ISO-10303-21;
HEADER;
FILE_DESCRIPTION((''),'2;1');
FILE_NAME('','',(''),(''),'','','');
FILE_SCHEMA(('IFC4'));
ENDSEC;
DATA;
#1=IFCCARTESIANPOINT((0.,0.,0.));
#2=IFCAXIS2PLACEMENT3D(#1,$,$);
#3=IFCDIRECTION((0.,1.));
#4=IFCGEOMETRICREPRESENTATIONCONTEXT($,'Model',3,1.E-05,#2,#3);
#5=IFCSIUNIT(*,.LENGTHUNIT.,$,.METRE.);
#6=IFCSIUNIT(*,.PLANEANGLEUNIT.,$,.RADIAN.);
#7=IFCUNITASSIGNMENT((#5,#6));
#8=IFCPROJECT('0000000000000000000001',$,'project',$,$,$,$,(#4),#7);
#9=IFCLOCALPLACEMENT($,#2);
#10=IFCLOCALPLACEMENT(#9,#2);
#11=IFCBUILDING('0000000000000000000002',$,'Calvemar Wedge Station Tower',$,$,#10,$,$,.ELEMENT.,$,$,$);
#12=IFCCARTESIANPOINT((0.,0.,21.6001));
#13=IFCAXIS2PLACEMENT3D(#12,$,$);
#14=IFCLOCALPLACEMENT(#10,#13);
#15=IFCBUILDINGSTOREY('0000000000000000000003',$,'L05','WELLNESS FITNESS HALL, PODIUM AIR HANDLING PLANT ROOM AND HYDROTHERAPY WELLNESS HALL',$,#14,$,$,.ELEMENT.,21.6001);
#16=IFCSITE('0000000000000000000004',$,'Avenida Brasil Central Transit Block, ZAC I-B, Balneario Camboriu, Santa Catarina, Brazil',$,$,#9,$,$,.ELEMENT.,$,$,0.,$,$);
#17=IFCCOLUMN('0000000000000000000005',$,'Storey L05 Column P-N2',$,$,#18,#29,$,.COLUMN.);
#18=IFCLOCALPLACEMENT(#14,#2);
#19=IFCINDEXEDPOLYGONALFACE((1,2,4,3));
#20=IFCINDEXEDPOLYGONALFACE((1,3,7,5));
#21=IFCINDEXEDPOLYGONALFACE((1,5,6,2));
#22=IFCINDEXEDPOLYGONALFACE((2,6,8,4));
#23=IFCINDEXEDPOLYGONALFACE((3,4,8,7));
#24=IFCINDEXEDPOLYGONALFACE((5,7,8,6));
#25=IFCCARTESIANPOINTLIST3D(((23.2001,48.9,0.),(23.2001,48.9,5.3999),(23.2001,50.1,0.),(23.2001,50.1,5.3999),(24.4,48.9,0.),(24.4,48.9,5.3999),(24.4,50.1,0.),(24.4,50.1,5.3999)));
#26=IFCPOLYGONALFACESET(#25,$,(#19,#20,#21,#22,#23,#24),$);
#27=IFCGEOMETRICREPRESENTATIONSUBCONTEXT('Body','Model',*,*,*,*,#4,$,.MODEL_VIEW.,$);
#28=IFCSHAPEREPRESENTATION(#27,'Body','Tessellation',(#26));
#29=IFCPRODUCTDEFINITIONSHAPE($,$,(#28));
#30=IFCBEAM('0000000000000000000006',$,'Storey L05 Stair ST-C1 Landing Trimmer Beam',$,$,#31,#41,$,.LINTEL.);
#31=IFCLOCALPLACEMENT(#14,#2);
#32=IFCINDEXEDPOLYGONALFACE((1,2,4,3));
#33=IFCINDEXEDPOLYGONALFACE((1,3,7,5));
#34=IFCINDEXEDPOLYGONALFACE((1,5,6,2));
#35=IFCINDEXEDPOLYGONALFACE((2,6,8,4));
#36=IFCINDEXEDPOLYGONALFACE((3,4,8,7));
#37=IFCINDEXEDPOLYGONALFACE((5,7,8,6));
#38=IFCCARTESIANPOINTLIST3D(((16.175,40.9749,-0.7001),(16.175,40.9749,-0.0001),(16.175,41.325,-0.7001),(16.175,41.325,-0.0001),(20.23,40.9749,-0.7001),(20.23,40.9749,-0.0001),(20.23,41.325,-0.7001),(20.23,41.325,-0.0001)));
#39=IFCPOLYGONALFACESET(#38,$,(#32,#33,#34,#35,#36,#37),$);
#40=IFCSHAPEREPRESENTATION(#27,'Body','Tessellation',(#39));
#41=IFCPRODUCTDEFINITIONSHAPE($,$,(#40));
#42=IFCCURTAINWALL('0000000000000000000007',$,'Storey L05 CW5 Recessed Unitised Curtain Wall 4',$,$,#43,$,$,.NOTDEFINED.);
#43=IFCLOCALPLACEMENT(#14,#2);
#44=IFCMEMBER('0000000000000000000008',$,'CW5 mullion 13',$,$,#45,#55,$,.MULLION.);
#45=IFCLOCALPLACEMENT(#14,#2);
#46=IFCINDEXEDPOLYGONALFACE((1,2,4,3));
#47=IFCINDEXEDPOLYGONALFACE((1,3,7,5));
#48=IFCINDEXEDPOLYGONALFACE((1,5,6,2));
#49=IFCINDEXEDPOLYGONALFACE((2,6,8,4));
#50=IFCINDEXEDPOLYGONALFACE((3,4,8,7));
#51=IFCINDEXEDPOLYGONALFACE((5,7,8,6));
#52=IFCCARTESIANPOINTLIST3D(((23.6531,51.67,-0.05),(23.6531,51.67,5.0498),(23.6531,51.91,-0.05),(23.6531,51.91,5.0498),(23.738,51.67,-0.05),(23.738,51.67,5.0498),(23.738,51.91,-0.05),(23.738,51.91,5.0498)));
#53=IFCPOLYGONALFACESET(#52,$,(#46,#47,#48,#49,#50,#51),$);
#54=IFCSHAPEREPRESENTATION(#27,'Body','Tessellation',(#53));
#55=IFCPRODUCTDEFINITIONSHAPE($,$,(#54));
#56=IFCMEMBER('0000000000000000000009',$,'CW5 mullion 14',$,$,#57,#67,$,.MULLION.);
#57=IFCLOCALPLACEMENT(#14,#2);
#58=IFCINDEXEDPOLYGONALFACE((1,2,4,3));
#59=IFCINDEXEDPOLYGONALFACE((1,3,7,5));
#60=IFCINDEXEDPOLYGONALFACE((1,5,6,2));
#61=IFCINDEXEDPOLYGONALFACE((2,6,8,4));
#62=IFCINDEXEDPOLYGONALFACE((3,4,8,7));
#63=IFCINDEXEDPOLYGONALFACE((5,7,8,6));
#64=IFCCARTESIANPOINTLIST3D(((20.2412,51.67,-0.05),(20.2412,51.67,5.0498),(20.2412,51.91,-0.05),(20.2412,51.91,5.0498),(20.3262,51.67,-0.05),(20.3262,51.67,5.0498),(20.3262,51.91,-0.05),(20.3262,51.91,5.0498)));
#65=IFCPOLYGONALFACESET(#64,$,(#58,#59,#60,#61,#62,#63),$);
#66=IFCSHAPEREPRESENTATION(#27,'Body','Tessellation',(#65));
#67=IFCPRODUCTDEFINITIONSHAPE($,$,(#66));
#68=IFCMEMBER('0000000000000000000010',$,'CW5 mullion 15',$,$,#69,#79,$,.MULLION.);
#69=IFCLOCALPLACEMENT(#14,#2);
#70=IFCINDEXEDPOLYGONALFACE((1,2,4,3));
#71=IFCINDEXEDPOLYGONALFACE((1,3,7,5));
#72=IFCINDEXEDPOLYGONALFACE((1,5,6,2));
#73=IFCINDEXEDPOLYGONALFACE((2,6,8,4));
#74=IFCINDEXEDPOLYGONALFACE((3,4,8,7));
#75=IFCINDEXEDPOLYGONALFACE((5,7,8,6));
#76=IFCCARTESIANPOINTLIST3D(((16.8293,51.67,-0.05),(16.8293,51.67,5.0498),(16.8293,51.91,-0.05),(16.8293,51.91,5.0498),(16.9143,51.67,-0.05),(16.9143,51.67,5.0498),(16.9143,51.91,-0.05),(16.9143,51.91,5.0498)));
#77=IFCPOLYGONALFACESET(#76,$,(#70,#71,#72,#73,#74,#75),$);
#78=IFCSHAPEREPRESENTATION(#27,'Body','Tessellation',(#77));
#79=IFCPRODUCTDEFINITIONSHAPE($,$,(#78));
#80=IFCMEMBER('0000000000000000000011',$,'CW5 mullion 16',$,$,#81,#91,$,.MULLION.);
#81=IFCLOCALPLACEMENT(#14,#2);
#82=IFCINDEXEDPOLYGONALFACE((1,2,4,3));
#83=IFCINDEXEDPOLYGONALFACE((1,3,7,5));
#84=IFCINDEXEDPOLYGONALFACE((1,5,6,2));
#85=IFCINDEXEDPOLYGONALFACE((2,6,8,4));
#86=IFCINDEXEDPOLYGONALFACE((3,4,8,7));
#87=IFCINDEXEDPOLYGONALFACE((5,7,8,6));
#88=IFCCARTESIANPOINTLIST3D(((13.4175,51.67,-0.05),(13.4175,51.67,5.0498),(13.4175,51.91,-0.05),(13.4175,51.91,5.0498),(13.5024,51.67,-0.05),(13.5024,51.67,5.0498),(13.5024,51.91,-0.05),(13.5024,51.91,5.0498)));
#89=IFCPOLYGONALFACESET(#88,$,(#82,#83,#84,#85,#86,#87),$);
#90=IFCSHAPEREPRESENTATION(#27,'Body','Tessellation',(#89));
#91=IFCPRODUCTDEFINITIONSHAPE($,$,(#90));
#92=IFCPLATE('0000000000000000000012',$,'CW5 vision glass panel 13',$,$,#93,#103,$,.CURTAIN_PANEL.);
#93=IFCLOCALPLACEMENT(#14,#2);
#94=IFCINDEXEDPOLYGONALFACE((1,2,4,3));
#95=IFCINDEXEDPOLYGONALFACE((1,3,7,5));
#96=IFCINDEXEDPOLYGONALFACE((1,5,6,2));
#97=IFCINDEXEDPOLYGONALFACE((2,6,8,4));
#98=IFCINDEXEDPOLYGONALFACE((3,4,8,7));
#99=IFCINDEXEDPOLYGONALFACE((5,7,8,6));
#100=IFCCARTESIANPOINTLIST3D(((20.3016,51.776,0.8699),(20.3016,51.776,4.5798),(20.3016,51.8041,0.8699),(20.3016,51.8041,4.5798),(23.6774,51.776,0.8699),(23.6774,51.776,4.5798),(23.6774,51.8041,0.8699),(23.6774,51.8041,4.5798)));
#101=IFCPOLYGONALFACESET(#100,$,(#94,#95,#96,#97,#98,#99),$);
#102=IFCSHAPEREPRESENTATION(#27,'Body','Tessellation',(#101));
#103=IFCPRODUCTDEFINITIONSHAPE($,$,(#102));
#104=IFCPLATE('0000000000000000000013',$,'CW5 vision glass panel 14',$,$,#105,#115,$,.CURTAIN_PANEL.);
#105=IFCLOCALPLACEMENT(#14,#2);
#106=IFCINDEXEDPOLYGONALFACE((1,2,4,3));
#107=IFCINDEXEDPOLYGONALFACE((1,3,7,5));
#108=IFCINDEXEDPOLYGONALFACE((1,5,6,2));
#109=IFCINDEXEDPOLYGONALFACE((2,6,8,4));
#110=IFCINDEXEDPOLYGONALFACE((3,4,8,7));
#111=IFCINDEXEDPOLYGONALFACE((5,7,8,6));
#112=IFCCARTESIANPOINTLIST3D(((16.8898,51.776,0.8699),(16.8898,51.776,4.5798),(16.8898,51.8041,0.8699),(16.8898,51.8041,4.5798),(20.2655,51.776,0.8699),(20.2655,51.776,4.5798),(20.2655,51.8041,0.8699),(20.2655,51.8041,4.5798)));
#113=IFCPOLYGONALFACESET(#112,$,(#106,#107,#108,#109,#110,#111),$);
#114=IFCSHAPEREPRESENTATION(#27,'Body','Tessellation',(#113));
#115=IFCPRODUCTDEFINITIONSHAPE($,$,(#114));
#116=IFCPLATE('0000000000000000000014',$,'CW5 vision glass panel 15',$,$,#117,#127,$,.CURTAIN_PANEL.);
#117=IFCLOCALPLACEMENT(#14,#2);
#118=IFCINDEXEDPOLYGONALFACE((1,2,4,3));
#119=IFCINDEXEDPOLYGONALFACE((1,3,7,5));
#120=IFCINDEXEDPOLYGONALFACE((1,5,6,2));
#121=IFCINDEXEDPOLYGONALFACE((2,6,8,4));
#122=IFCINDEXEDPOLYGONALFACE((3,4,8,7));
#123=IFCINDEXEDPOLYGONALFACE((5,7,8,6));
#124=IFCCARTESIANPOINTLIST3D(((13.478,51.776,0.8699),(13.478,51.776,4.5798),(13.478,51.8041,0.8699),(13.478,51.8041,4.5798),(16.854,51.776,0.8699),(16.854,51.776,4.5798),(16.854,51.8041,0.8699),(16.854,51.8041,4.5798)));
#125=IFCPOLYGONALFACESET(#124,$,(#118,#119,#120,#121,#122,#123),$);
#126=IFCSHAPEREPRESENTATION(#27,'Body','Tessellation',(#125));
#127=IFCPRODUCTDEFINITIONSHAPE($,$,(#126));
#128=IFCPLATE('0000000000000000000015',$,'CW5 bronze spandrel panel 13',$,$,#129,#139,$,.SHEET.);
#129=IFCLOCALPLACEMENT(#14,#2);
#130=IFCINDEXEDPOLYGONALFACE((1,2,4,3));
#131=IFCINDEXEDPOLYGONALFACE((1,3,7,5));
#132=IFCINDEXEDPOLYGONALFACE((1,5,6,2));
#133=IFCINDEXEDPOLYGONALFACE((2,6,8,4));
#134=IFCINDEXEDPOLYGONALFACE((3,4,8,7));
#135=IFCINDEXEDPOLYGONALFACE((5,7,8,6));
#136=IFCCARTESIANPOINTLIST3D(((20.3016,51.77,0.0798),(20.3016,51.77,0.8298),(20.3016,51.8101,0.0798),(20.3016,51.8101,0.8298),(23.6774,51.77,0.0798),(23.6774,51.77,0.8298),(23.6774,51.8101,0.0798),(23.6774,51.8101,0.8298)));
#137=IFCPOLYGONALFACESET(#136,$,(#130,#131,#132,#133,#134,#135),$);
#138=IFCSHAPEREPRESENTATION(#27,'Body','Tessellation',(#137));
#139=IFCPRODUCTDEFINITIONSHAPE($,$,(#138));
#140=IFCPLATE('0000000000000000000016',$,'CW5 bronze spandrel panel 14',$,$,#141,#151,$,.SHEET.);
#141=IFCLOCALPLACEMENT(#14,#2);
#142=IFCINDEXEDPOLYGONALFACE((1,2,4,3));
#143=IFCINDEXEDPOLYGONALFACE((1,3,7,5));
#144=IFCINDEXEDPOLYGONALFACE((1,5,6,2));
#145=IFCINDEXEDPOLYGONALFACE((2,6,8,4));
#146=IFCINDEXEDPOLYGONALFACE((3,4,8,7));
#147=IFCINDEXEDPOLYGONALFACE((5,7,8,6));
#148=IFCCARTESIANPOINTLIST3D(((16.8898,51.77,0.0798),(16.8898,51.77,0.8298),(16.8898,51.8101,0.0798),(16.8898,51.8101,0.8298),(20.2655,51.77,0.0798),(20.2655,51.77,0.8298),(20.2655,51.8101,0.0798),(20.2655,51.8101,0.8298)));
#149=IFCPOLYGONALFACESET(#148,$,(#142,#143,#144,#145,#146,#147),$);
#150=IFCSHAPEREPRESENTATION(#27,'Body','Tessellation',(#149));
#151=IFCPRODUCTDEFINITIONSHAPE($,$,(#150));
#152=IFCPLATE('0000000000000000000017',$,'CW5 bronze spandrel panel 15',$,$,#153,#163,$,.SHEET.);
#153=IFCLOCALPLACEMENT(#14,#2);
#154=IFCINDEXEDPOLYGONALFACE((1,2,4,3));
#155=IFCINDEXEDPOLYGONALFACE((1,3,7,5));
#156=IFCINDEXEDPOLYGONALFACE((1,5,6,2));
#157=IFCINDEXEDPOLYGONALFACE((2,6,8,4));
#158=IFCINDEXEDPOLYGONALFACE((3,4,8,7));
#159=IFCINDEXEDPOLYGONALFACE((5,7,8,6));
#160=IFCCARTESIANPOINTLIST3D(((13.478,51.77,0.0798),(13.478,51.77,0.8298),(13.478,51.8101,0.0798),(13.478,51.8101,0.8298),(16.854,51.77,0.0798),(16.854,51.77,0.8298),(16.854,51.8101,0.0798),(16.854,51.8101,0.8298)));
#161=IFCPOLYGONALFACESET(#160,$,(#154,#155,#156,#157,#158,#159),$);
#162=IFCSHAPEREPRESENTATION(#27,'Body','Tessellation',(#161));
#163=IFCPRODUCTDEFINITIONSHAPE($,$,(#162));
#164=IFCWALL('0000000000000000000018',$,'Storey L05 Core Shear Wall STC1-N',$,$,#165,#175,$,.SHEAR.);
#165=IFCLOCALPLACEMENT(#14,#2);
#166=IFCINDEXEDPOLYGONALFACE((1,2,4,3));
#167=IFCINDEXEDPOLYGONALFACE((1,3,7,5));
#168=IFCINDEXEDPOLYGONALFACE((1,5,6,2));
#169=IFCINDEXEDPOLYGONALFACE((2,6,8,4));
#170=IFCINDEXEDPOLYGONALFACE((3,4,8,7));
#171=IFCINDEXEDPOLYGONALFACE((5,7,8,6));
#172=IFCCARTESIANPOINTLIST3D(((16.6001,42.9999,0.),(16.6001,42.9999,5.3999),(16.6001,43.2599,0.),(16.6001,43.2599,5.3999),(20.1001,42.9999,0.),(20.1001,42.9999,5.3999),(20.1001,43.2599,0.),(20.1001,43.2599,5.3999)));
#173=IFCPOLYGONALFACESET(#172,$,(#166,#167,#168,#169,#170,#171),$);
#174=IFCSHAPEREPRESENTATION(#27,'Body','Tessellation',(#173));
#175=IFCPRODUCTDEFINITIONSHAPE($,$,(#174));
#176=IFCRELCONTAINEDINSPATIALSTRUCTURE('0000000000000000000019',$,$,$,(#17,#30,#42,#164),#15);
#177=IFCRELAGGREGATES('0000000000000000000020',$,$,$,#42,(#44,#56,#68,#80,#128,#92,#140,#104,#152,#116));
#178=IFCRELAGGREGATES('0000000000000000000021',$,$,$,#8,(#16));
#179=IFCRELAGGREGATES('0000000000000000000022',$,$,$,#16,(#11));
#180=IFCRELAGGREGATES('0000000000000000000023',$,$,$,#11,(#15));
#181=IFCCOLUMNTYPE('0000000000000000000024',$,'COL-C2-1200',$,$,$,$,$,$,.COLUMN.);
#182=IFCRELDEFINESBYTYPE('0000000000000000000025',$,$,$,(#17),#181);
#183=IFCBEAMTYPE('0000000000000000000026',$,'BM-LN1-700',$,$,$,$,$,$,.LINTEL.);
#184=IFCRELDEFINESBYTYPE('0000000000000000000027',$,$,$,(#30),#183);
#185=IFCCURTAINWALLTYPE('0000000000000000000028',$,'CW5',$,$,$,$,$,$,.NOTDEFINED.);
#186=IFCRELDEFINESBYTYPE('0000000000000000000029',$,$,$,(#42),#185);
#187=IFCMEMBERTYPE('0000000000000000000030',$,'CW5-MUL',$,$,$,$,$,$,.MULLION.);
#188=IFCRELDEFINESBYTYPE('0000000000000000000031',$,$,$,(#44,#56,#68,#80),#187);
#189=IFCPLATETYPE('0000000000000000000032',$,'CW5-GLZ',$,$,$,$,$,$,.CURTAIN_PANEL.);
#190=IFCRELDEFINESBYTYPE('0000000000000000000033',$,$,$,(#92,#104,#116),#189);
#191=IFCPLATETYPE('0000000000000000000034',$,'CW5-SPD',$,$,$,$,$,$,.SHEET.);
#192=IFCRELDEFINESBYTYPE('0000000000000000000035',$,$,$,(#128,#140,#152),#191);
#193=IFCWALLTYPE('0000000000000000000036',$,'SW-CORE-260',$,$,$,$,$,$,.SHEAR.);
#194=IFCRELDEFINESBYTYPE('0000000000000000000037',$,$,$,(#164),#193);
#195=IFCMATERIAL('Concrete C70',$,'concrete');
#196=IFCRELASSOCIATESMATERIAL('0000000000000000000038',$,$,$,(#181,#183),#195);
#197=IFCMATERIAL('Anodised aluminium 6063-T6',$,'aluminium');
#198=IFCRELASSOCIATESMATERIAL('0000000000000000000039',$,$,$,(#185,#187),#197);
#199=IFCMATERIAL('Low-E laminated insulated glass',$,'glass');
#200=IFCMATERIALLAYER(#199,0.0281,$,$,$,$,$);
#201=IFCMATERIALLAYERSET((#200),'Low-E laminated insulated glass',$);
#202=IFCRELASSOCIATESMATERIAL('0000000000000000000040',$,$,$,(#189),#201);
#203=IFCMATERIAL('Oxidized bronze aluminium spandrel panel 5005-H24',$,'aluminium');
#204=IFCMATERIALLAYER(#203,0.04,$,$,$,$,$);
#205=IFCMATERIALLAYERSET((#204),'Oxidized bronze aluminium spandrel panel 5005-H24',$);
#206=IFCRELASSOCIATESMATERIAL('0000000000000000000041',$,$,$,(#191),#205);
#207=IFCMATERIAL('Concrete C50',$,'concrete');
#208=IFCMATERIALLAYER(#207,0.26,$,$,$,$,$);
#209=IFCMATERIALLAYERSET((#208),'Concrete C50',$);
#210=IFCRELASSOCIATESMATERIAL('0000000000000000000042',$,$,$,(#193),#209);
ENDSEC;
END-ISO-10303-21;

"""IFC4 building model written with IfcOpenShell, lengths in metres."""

from ifc_helpers import new_model, si_unit, direction, frame, frame_2d, origin, origin_2d, place, context, subcontext, project, spatial, rectangle, extrude, source, transform, mapped, material, layer, layer_set, material_profile, profile_set, type_object, element, aggregate, save


model = new_model("IFC4")

# Units and contexts
model_context = context("Model", 3, precision=1e-05, world=origin(), true_north=direction((0.0, 1.0)))
body_context = subcontext(model_context, "Body", "Model", "MODEL_VIEW")
ifc_project = project(units=[si_unit("LENGTHUNIT", "METRE"), si_unit("PLANEANGLEUNIT", "RADIAN")], contexts=[model_context])

# Site, building, storey
site_placement = place(None, origin())
site = spatial("IfcSite", under=ifc_project, at=site_placement, Name="Avenida Brasil Central Transit Block, ZAC I-B, Balneario Camboriu, Santa Catarina, Brazil", CompositionType="ELEMENT", RefElevation=0.0)
building_placement = place(site_placement, origin())
building = spatial("IfcBuilding", under=site, at=building_placement, Name="Calvemar Wedge Station Tower", CompositionType="ELEMENT")
storey_placement = place(building_placement, frame((0.0, 0.0, 21.6001)))
storey = spatial("IfcBuildingStorey", under=building, at=storey_placement, Name="L05", Description="WELLNESS FITNESS HALL, PODIUM AIR HANDLING PLANT ROOM AND HYDROTHERAPY WELLNESS HALL", CompositionType="ELEMENT", Elevation=21.6001)

# Column
ifc_material_1 = material(Name="Concrete C70", Category="concrete")
ifc_material_profile_1 = material_profile(ifc_material_1, rectangle(XDim=1.2, YDim=1.2, at=origin_2d()), Name="RC1200x1200")
ifc_profile_set_1 = profile_set([ifc_material_profile_1], Name="Concrete C70")
column_type = type_object("IfcColumnType", Name="COL-C2-1200", PredefinedType="COLUMN", material=ifc_profile_set_1)
shared_shape_1 = source(origin(), body_context, "Body", "SweptSolid", [
    extrude(rectangle(XDim=1.2, YDim=1.2, at=origin_2d()), origin(), (0.0, 0.0, 1.0), 5.3999),
])
column_placement = place(storey_placement, frame((23.8, 49.5, 0.0), z_axis=(0.0, 0.0, 1.0), x_axis=(1.0, 0.0, 0.0)))
element("IfcColumn", 1, at=column_placement, inside=storey, type_object=column_type, Name="Storey L05 Column P-N2", PredefinedType="COLUMN", context=body_context, shape_type="MappedRepresentation", body=[
    mapped(shared_shape_1, transform((0.0, 0.0, 0.0), scale=1.0)),
])

# Beam
ifc_material_profile_2 = material_profile(ifc_material_1, rectangle(XDim=0.3501, YDim=0.7, at=origin_2d()), Name="RC350x700")
ifc_profile_set_2 = profile_set([ifc_material_profile_2], Name="Concrete C70")
beam_type = type_object("IfcBeamType", Name="BM-LN1-700", PredefinedType="LINTEL", material=ifc_profile_set_2)
shared_shape_2 = source(origin(), body_context, "Body", "SweptSolid", [
    extrude(rectangle(XDim=0.3501, YDim=0.7, at=origin_2d()), origin(), (0.0, 0.0, 1.0), 4.0549),
])
beam_placement = place(storey_placement, frame((16.175, 41.1499, -0.3501), z_axis=(1.0, 0.0, 0.0), x_axis=(0.0, 1.0, 0.0)))
element("IfcBeam", 2, at=beam_placement, inside=storey, type_object=beam_type, Name="Storey L05 Stair ST-C1 Landing Trimmer Beam", PredefinedType="LINTEL", context=body_context, shape_type="MappedRepresentation", body=[
    mapped(shared_shape_2, transform((0.0, 0.0, 0.0), scale=1.0)),
])

# Curtain wall, members, plates
ifc_material_2 = material(Name="Anodised aluminium 6063-T6", Category="aluminium")
curtain_wall_type = type_object("IfcCurtainWallType", Name="CW5", PredefinedType="NOTDEFINED", material=ifc_material_2)
curtain_wall_placement = place(storey_placement, origin())
curtain_wall = element("IfcCurtainWall", 3, at=curtain_wall_placement, inside=storey, type_object=curtain_wall_type, Name="Storey L05 CW5 Recessed Unitised Curtain Wall 4", PredefinedType="NOTDEFINED")
ifc_material_profile_3 = material_profile(ifc_material_2, rectangle(XDim=0.085, YDim=0.24, at=origin_2d()), Name="AL-MUL-85x240")
ifc_profile_set_3 = profile_set([ifc_material_profile_3], Name="Anodised aluminium 6063-T6")
member_type = type_object("IfcMemberType", Name="CW5-MUL", PredefinedType="MULLION", material=ifc_profile_set_3)
shared_shape_3 = source(origin(), body_context, "Body", "SweptSolid", [
    extrude(rectangle(XDim=0.085, YDim=0.24, at=origin_2d()), origin(), (0.0, 0.0, 1.0), 5.0999),
])
member_1_placement = place(storey_placement, frame((23.6956, 51.79, -0.05), z_axis=(0.0, 0.0, 1.0), x_axis=(1.0, 0.0, 0.0)))
member_1 = element("IfcMember", 4, at=member_1_placement, type_object=member_type, Name="CW5 mullion 13", PredefinedType="MULLION", context=body_context, shape_type="MappedRepresentation", body=[
    mapped(shared_shape_3, transform((0.0, 0.0, 0.0), scale=1.0)),
])
member_2_placement = place(storey_placement, frame((20.2837, 51.79, -0.05), z_axis=(0.0, 0.0, 1.0), x_axis=(1.0, 0.0, 0.0)))
member_2 = element("IfcMember", 5, at=member_2_placement, type_object=member_type, Name="CW5 mullion 14", PredefinedType="MULLION", context=body_context, shape_type="MappedRepresentation", body=[
    mapped(shared_shape_3, transform((0.0, 0.0, 0.0), scale=1.0)),
])
member_3_placement = place(storey_placement, frame((16.8718, 51.79, -0.05), z_axis=(0.0, 0.0, 1.0), x_axis=(1.0, 0.0, 0.0)))
member_3 = element("IfcMember", 6, at=member_3_placement, type_object=member_type, Name="CW5 mullion 15", PredefinedType="MULLION", context=body_context, shape_type="MappedRepresentation", body=[
    mapped(shared_shape_3, transform((0.0, 0.0, 0.0), scale=1.0)),
])
member_4_placement = place(storey_placement, frame((13.46, 51.79, -0.05), z_axis=(0.0, 0.0, 1.0), x_axis=(1.0, 0.0, 0.0)))
member_4 = element("IfcMember", 7, at=member_4_placement, type_object=member_type, Name="CW5 mullion 16", PredefinedType="MULLION", context=body_context, shape_type="MappedRepresentation", body=[
    mapped(shared_shape_3, transform((0.0, 0.0, 0.0), scale=1.0)),
])
ifc_material_3 = material(Name="Low-E laminated insulated glass", Category="glass")
ifc_layer_1 = layer(ifc_material_3, 0.0281)
ifc_layer_set_1 = layer_set([ifc_layer_1], Name="Low-E laminated insulated glass")
plate_type_1 = type_object("IfcPlateType", Name="CW5-GLZ", PredefinedType="CURTAIN_PANEL", material=ifc_layer_set_1)
plate_1_placement = place(storey_placement, frame((23.6775, 51.79, 0.8699), z_axis=(0.0, 0.0, 1.0), x_axis=(-1.0, 0.0, 0.0)))
plate_1 = element("IfcPlate", 8, at=plate_1_placement, type_object=plate_type_1, Name="CW5 vision glass panel 13", PredefinedType="CURTAIN_PANEL", context=body_context, shape_type="SweptSolid", body=[
    extrude(rectangle(XDim=3.3757, YDim=0.0281, at=frame_2d((1.688, 0.0))), origin(), (0.0, 0.0, 1.0), 3.71),
])
plate_2_placement = place(storey_placement, frame((20.2656, 51.79, 0.8699), z_axis=(0.0, 0.0, 1.0), x_axis=(-1.0, 0.0, 0.0)))
plate_2 = element("IfcPlate", 9, at=plate_2_placement, type_object=plate_type_1, Name="CW5 vision glass panel 14", PredefinedType="CURTAIN_PANEL", context=body_context, shape_type="SweptSolid", body=[
    extrude(rectangle(XDim=3.3757, YDim=0.0281, at=frame_2d((1.688, 0.0))), origin(), (0.0, 0.0, 1.0), 3.71),
])
plate_3_placement = place(storey_placement, frame((16.854, 51.79, 0.8699), z_axis=(0.0, 0.0, 1.0), x_axis=(-1.0, 0.0, 0.0)))
plate_3 = element("IfcPlate", 10, at=plate_3_placement, type_object=plate_type_1, Name="CW5 vision glass panel 15", PredefinedType="CURTAIN_PANEL", context=body_context, shape_type="SweptSolid", body=[
    extrude(rectangle(XDim=3.376, YDim=0.0281, at=frame_2d((1.688, 0.0))), origin(), (0.0, 0.0, 1.0), 3.71),
])
ifc_material_4 = material(Name="Oxidized bronze aluminium spandrel panel 5005-H24", Category="aluminium")
ifc_layer_2 = layer(ifc_material_4, 0.04)
ifc_layer_set_2 = layer_set([ifc_layer_2], Name="Oxidized bronze aluminium spandrel panel 5005-H24")
plate_type_2 = type_object("IfcPlateType", Name="CW5-SPD", PredefinedType="SHEET", material=ifc_layer_set_2)
plate_4_placement = place(storey_placement, frame((23.6775, 51.79, 0.0798), z_axis=(0.0, 0.0, 1.0), x_axis=(-1.0, 0.0, 0.0)))
plate_4 = element("IfcPlate", 11, at=plate_4_placement, type_object=plate_type_2, Name="CW5 bronze spandrel panel 13", PredefinedType="SHEET", context=body_context, shape_type="SweptSolid", body=[
    extrude(rectangle(XDim=3.3757, YDim=0.04, at=frame_2d((1.688, 0.0))), origin(), (0.0, 0.0, 1.0), 0.75),
])
plate_5_placement = place(storey_placement, frame((20.2656, 51.79, 0.0798), z_axis=(0.0, 0.0, 1.0), x_axis=(-1.0, 0.0, 0.0)))
plate_5 = element("IfcPlate", 12, at=plate_5_placement, type_object=plate_type_2, Name="CW5 bronze spandrel panel 14", PredefinedType="SHEET", context=body_context, shape_type="SweptSolid", body=[
    extrude(rectangle(XDim=3.3757, YDim=0.04, at=frame_2d((1.688, 0.0))), origin(), (0.0, 0.0, 1.0), 0.75),
])
plate_6_placement = place(storey_placement, frame((16.854, 51.79, 0.0798), z_axis=(0.0, 0.0, 1.0), x_axis=(-1.0, 0.0, 0.0)))
plate_6 = element("IfcPlate", 13, at=plate_6_placement, type_object=plate_type_2, Name="CW5 bronze spandrel panel 15", PredefinedType="SHEET", context=body_context, shape_type="SweptSolid", body=[
    extrude(rectangle(XDim=3.376, YDim=0.04, at=frame_2d((1.688, 0.0))), origin(), (0.0, 0.0, 1.0), 0.75),
])
aggregate(curtain_wall, [member_1, member_2, member_3, member_4, plate_4, plate_1, plate_5, plate_2, plate_6, plate_3])

# Wall
ifc_material_5 = material(Name="Concrete C50", Category="concrete")
ifc_layer_3 = layer(ifc_material_5, 0.26)
ifc_layer_set_3 = layer_set([ifc_layer_3], Name="Concrete C50")
wall_type_1 = type_object("IfcWallType", Name="SW-CORE-260", PredefinedType="SHEAR", material=ifc_layer_set_3)
wall_1_placement = place(storey_placement, frame((16.6001, 43.1299, 0.0), z_axis=(0.0, 0.0, 1.0), x_axis=(1.0, 0.0, 0.0)))
element("IfcWall", 14, at=wall_1_placement, inside=storey, type_object=wall_type_1, Name="Storey L05 Core Shear Wall STC1-N", PredefinedType="SHEAR", context=body_context, shape_type="SweptSolid", body=[
    extrude(rectangle(XDim=3.5, YDim=0.26, at=frame_2d((1.75, 0.0))), origin(), (0.0, 0.0, 1.0), 5.3999),
])

save(model, "model.ifc")
